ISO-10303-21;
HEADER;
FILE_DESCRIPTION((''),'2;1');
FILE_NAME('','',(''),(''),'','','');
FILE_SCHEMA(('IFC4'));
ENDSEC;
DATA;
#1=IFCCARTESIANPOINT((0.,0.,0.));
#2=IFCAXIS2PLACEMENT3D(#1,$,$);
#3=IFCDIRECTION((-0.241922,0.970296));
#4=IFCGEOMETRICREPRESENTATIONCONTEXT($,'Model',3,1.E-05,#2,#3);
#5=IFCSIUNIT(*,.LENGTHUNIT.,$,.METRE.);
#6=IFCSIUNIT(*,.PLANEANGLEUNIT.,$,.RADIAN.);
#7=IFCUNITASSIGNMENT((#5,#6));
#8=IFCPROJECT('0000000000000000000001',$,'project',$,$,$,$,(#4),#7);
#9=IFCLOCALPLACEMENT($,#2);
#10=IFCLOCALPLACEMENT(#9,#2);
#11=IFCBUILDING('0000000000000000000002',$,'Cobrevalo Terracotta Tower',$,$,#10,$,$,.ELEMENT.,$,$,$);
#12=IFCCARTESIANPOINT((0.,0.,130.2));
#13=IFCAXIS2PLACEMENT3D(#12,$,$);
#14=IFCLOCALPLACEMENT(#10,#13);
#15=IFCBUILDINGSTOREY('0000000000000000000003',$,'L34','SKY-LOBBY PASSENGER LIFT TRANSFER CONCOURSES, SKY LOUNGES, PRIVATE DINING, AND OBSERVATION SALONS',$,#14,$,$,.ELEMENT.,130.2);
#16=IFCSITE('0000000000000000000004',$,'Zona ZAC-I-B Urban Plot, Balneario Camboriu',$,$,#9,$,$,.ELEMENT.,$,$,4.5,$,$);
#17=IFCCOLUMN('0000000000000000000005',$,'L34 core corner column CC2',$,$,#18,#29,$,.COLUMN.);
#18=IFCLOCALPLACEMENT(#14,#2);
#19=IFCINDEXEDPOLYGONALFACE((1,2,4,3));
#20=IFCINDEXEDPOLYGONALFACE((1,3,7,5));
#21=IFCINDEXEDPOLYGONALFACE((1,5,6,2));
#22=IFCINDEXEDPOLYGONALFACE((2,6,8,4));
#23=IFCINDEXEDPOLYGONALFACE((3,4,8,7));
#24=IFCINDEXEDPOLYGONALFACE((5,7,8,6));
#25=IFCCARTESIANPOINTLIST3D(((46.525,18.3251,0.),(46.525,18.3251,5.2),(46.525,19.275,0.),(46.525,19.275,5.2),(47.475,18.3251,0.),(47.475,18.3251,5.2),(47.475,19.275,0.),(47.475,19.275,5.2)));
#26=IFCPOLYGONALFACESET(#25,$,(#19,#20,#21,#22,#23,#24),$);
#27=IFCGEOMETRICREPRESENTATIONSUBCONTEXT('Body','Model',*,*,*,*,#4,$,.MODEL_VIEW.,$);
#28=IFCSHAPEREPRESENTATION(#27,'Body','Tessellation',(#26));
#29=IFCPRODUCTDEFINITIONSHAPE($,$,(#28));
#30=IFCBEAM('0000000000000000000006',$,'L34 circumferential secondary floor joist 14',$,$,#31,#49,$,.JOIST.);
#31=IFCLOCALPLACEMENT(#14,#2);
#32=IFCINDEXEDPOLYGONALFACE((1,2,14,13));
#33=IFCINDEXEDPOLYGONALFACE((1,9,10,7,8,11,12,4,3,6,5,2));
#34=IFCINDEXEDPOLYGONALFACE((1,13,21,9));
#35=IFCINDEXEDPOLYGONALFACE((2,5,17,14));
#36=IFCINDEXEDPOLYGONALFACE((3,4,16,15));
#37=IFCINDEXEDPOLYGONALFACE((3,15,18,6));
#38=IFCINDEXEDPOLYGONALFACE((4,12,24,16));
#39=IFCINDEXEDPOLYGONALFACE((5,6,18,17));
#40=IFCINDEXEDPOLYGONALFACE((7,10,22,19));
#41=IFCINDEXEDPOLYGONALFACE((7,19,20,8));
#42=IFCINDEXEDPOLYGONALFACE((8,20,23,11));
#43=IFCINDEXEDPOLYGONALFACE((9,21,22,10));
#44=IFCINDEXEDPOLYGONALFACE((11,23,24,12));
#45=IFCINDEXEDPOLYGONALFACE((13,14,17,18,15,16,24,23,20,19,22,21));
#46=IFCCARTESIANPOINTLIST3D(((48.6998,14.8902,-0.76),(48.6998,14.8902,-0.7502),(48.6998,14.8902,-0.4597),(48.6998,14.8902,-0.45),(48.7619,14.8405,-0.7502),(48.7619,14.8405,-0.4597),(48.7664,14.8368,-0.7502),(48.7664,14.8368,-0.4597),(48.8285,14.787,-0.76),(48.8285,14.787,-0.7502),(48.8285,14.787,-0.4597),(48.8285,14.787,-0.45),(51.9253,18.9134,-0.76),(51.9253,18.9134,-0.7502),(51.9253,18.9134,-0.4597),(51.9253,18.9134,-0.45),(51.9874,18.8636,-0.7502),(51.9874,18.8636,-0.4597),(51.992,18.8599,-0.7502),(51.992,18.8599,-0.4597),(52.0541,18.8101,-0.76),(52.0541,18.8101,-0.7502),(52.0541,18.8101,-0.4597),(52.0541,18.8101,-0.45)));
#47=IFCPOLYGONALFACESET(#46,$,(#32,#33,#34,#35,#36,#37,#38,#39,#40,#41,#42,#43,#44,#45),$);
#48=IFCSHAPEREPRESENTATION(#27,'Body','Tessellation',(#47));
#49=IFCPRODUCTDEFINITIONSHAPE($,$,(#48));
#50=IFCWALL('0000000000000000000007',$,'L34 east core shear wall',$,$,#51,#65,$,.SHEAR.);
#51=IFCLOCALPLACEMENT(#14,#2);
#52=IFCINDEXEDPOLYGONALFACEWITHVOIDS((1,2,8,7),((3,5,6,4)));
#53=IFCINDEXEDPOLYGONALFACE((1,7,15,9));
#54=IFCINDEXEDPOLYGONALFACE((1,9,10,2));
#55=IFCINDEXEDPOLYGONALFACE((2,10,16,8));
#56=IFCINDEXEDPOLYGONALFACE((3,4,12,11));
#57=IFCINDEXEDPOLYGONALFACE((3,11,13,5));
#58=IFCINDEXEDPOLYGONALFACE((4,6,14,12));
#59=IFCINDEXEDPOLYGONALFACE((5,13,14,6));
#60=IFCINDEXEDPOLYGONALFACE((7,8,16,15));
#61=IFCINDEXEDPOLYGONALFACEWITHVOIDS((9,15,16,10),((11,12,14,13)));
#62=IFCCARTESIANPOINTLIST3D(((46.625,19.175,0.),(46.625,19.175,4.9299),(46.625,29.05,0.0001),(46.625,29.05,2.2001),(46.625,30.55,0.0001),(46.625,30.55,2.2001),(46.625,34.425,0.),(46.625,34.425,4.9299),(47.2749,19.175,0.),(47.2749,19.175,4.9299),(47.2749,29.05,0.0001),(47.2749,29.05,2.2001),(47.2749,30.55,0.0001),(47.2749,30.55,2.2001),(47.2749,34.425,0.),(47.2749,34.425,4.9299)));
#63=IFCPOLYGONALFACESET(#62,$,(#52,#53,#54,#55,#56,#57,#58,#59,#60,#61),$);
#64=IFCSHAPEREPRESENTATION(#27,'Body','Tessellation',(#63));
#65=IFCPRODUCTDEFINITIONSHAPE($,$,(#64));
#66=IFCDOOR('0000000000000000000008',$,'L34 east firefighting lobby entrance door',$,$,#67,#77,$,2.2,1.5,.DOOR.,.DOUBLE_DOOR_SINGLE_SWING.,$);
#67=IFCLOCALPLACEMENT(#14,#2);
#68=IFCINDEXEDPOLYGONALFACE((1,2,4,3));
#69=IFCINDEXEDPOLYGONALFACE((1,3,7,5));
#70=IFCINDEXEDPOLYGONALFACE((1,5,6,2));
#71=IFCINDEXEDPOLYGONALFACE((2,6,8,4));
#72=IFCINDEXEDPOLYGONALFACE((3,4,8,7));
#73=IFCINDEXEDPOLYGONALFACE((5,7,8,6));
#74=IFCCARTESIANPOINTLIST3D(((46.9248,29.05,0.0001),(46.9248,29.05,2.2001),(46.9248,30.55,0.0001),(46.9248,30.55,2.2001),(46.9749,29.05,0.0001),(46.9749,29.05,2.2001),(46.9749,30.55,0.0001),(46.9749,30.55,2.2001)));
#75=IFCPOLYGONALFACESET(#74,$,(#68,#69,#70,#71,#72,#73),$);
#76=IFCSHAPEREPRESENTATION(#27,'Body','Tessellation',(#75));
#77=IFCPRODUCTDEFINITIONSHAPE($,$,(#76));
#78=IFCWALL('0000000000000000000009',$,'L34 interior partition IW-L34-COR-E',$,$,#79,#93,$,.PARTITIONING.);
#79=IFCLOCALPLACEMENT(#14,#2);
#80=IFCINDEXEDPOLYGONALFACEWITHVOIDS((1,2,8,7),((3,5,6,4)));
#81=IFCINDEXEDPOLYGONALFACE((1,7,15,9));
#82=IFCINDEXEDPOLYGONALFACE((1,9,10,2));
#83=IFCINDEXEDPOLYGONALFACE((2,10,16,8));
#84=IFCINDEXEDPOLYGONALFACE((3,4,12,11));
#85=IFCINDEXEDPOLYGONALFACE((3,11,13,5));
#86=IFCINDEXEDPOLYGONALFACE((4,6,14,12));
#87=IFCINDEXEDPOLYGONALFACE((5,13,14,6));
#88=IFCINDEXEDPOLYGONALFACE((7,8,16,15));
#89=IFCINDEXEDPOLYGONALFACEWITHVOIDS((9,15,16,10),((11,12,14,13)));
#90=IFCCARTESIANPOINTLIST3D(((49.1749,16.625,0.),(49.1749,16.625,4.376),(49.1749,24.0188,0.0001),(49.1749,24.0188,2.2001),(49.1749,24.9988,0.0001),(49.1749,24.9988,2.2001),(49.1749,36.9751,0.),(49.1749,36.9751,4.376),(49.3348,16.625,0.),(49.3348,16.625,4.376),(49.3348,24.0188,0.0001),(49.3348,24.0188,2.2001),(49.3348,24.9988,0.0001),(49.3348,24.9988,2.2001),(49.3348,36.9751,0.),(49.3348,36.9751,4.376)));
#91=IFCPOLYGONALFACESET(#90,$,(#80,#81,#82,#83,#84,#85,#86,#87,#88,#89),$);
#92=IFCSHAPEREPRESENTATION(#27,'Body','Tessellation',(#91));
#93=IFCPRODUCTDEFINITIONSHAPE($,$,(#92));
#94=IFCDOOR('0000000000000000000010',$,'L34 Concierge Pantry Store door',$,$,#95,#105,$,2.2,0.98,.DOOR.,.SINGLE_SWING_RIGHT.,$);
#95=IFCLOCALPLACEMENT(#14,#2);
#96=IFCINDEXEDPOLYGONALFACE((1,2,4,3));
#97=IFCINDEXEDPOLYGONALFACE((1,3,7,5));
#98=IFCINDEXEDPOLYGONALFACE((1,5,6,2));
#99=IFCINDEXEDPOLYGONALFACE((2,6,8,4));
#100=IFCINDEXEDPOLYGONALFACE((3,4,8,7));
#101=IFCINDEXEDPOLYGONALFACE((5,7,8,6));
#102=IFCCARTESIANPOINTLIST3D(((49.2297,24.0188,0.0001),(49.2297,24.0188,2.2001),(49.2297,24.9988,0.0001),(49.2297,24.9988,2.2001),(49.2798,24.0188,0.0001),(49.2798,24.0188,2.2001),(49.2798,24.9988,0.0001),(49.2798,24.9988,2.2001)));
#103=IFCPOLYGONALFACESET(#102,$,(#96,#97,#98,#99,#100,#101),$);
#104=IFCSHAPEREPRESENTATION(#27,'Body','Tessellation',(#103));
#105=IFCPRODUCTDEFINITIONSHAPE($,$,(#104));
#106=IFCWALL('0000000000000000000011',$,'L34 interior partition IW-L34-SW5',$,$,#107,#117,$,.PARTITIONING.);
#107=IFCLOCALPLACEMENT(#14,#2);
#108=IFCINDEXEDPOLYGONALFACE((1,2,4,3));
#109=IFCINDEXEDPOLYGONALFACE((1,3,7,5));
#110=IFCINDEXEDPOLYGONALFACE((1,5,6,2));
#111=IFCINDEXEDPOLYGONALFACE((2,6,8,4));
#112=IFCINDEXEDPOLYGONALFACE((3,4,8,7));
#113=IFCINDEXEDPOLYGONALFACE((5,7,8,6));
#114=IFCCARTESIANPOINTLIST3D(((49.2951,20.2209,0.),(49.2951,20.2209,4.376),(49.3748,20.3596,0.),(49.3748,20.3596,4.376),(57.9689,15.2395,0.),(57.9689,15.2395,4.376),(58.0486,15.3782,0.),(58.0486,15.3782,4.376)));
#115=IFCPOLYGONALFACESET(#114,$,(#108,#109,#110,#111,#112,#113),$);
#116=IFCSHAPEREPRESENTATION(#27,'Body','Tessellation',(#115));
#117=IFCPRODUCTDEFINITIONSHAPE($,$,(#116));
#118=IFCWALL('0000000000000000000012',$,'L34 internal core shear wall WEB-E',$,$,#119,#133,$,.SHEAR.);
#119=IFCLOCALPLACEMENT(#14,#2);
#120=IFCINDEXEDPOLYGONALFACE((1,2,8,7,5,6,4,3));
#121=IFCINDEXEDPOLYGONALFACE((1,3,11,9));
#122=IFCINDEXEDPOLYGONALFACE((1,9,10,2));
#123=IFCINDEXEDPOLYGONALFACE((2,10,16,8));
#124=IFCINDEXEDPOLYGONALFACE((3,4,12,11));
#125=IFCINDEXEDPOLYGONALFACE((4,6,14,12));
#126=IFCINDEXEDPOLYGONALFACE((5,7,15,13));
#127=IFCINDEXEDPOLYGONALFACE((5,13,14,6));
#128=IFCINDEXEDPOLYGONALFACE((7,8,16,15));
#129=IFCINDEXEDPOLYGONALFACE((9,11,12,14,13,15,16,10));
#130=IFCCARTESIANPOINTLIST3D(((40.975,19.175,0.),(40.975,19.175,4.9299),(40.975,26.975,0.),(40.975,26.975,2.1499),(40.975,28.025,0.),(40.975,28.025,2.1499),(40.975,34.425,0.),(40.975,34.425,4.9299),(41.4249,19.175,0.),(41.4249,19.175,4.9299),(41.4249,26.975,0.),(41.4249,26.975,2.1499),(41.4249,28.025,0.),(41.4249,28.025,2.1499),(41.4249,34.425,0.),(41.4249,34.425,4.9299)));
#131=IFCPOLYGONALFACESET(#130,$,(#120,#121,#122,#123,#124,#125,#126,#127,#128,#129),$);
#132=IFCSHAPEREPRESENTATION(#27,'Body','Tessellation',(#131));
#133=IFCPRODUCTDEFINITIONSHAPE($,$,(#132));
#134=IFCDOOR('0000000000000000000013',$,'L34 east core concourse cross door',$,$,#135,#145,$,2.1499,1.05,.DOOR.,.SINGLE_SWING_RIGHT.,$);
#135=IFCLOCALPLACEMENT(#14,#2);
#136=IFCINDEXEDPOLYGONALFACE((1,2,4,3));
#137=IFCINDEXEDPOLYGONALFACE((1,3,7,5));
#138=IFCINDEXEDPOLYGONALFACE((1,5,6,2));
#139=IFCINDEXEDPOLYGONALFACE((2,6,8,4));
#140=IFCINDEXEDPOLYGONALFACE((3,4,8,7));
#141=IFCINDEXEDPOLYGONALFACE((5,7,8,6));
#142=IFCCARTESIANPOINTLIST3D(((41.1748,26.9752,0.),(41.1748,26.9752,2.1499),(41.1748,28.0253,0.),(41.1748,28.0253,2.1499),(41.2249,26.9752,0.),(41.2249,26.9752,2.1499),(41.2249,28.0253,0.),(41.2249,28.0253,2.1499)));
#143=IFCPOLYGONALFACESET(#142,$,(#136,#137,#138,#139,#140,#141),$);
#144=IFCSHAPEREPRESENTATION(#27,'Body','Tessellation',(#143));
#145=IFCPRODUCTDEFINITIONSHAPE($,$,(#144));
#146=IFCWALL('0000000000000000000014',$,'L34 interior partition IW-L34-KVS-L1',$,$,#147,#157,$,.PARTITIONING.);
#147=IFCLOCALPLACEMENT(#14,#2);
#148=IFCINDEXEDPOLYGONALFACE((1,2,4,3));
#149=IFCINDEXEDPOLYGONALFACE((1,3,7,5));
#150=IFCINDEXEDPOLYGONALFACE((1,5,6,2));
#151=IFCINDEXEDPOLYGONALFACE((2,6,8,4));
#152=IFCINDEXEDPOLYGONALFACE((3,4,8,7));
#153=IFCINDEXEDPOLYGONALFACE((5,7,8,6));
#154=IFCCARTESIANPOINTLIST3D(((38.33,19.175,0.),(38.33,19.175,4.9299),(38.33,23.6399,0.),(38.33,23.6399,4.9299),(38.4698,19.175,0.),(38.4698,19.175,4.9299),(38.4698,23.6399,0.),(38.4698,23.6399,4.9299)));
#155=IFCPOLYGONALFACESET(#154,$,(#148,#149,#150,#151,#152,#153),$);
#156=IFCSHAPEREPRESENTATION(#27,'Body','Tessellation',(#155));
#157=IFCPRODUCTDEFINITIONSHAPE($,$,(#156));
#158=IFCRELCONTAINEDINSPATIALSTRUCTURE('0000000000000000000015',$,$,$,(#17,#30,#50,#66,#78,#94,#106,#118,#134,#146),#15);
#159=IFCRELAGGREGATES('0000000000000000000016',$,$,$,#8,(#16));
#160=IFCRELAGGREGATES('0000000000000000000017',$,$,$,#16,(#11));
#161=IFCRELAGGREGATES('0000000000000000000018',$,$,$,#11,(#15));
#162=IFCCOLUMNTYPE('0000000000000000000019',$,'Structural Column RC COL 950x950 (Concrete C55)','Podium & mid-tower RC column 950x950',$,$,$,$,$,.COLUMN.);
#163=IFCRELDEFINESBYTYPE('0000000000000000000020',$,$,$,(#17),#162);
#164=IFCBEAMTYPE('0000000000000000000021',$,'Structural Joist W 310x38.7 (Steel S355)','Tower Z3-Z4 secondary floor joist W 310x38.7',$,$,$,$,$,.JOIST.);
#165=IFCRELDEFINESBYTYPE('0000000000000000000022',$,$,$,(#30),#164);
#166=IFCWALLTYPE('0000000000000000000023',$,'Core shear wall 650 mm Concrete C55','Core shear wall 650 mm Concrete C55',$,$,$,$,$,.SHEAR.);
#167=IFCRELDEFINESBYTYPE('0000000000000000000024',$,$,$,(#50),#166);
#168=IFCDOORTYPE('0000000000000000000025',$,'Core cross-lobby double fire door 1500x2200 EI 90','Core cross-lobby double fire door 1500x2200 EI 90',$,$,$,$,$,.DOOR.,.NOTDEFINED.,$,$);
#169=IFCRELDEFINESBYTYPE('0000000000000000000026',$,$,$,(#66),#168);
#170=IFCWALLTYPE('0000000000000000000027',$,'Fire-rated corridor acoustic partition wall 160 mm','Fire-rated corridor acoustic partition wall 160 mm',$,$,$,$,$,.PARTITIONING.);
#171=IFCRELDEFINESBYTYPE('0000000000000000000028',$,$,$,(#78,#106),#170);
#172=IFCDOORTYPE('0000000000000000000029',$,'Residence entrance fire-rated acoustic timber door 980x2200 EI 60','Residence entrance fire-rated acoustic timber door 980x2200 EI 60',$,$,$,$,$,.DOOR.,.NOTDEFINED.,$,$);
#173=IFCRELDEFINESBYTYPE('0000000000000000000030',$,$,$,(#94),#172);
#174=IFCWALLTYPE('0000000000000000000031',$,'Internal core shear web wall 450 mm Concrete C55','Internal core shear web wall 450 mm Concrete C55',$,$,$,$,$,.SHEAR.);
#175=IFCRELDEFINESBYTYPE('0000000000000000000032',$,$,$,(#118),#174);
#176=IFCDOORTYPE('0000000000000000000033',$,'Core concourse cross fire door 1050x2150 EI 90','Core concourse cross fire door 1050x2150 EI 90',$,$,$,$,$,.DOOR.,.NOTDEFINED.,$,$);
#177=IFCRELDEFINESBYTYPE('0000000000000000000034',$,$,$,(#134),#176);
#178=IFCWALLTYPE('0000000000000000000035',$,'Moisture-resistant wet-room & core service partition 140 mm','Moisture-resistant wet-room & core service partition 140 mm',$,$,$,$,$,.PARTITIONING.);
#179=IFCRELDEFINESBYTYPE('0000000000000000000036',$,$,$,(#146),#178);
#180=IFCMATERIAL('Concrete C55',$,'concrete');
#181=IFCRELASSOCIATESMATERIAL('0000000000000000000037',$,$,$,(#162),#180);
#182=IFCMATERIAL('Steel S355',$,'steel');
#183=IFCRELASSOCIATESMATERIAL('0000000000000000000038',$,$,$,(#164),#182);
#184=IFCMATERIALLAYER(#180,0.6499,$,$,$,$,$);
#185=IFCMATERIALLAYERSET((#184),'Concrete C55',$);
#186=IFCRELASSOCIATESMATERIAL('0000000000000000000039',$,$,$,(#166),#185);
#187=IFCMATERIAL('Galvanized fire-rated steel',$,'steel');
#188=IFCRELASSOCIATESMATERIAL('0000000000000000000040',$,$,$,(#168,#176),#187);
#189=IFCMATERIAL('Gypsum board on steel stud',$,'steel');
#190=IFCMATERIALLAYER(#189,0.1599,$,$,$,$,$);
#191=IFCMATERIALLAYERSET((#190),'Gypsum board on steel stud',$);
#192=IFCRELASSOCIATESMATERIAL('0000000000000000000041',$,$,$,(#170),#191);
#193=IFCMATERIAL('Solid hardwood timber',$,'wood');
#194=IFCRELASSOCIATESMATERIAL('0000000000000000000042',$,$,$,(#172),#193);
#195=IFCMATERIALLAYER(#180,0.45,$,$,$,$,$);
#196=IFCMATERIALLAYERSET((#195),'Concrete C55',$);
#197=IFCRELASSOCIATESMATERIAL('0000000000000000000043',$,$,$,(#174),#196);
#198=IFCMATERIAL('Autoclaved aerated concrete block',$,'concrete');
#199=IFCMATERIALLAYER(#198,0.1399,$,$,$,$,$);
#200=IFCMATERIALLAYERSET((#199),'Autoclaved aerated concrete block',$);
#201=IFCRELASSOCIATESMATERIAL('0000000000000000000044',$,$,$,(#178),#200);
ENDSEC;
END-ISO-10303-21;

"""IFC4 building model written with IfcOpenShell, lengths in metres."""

from ifc_helpers import new_model, si_unit, direction, frame, frame_2d, origin, origin_2d, place, context, subcontext, project, spatial, rectangle, i_section, extrude, source, transform, mapped, material, layer, layer_set, material_profile, profile_set, type_object, element, fill, save


model = new_model("IFC4")

# Units and contexts
model_context = context("Model", 3, precision=1e-05, world=origin(), true_north=direction((-0.241922, 0.970296)))
body_context = subcontext(model_context, "Body", "Model", "MODEL_VIEW")
ifc_project = project(units=[si_unit("LENGTHUNIT", "METRE"), si_unit("PLANEANGLEUNIT", "RADIAN")], contexts=[model_context])

# Site, building, storey
site_placement = place(None, origin())
site = spatial("IfcSite", under=ifc_project, at=site_placement, Name="Zona ZAC-I-B Urban Plot, Balneario Camboriu", CompositionType="ELEMENT", RefElevation=4.5)
building_placement = place(site_placement, origin())
building = spatial("IfcBuilding", under=site, at=building_placement, Name="Cobrevalo Terracotta Tower", CompositionType="ELEMENT")
storey_placement = place(building_placement, frame((0.0, 0.0, 130.2)))
storey = spatial("IfcBuildingStorey", under=building, at=storey_placement, Name="L34", Description="SKY-LOBBY PASSENGER LIFT TRANSFER CONCOURSES, SKY LOUNGES, PRIVATE DINING, AND OBSERVATION SALONS", CompositionType="ELEMENT", Elevation=130.2)

# Column
ifc_material_1 = material(Name="Concrete C55", Category="concrete")
ifc_material_profile_1 = material_profile(ifc_material_1, rectangle(XDim=0.95, YDim=0.95, at=origin_2d()), Name="RC COL 950x950")
ifc_profile_set_1 = profile_set([ifc_material_profile_1], Name="Concrete C55")
column_type = type_object("IfcColumnType", Name="Structural Column RC COL 950x950 (Concrete C55)", Description="Podium & mid-tower RC column 950x950", PredefinedType="COLUMN", material=ifc_profile_set_1)
column_placement = place(storey_placement, frame((47.0, 18.8, 0.0), z_axis=(0.0, 0.0, 1.0), x_axis=(1.0, 0.0, 0.0)))
element("IfcColumn", 1, at=column_placement, inside=storey, type_object=column_type, Name="L34 core corner column CC2", PredefinedType="COLUMN", context=body_context, shape_type="SweptSolid", body=[
    extrude(rectangle(XDim=0.95, YDim=0.95, at=origin_2d()), origin(), (0.0, 0.0, 1.0), 5.2),
])

# Beam
ifc_material_2 = material(Name="Steel S355", Category="steel")
ifc_material_profile_2 = material_profile(ifc_material_2, i_section(OverallWidth=0.165, OverallDepth=0.3101, WebThickness=0.0059, FlangeThickness=0.0098, at=origin_2d()), Name="W 310x38.7")
ifc_profile_set_2 = profile_set([ifc_material_profile_2], Name="Steel S355")
beam_type = type_object("IfcBeamType", Name="Structural Joist W 310x38.7 (Steel S355)", Description="Tower Z3-Z4 secondary floor joist W 310x38.7", PredefinedType="JOIST", material=ifc_profile_set_2)
beam_placement = place(storey_placement, frame((48.7642, 14.8386, -0.605), z_axis=(0.625526, 0.780203, 0.0), x_axis=(-0.780203, 0.625526, 0.0)))
element("IfcBeam", 2, at=beam_placement, inside=storey, type_object=beam_type, Name="L34 circumferential secondary floor joist 14", PredefinedType="JOIST", context=body_context, shape_type="SweptSolid", body=[
    extrude(i_section(OverallWidth=0.165, OverallDepth=0.3101, WebThickness=0.0059, FlangeThickness=0.0098, at=origin_2d()), origin(), (0.0, 0.0, 1.0), 5.1565),
])

# Walls, openings, doors
ifc_layer_1 = layer(ifc_material_1, 0.6499)
ifc_layer_set_1 = layer_set([ifc_layer_1], Name="Concrete C55")
wall_type_1 = type_object("IfcWallType", Name="Core shear wall 650 mm Concrete C55", Description="Core shear wall 650 mm Concrete C55", PredefinedType="SHEAR", material=ifc_layer_set_1)
wall_1_placement = place(storey_placement, frame((46.95, 19.175, 0.0), z_axis=(0.0, 0.0, 1.0), x_axis=(0.0, 1.0, 0.0)))
wall_1 = element("IfcWall", 3, at=wall_1_placement, inside=storey, type_object=wall_type_1, Name="L34 east core shear wall", PredefinedType="SHEAR", context=body_context, shape_type="SweptSolid", body=[
    extrude(rectangle(XDim=15.25, YDim=0.6499, at=frame_2d((7.625, 0.0))), origin(), (0.0, 0.0, 1.0), 4.9299),
])
opening_1_placement = place(wall_1_placement, frame((9.875, 0.0, 0.0)))
opening_1 = element("IfcOpeningElement", 4, at=opening_1_placement, cuts=wall_1, PredefinedType="OPENING", context=body_context, shape_type="SweptSolid", body=[
    extrude(rectangle(XDim=1.5, YDim=2.2, at=frame_2d((0.75, 1.1001))), frame((0.0, 0.335, 0.0), z_axis=(0.0, -1.0, 0.0), x_axis=(1.0, 0.0, 0.0)), (0.0, 0.0, 1.0), 0.6699),
])
ifc_material_3 = material(Name="Galvanized fire-rated steel", Category="steel")
door_type_1 = type_object("IfcDoorType", Name="Core cross-lobby double fire door 1500x2200 EI 90", Description="Core cross-lobby double fire door 1500x2200 EI 90", OperationType="NOTDEFINED", PredefinedType="DOOR", material=ifc_material_3)
shared_shape_1 = source(origin(), body_context, "Body", "SweptSolid", [
    extrude(rectangle(XDim=1.5, YDim=2.2, at=frame_2d((0.75, 1.1001))), frame((0.0, 0.0249, 0.0), z_axis=(0.0, -1.0, 0.0), x_axis=(1.0, 0.0, 0.0)), (0.0, 0.0, 1.0), 0.05),
])
door_1_placement = place(opening_1_placement, frame((1.5, 0.0, 0.0), z_axis=(0.0, 0.0, 1.0), x_axis=(-1.0, 0.0, 0.0)))
door_1 = element("IfcDoor", 5, at=door_1_placement, inside=storey, type_object=door_type_1, Name="L34 east firefighting lobby entrance door", OperationType="DOUBLE_DOOR_SINGLE_SWING", OverallHeight=2.2, OverallWidth=1.5, PredefinedType="DOOR", context=body_context, shape_type="MappedRepresentation", body=[
    mapped(shared_shape_1, transform((0.0, 0.0, 0.0), scale=1.0)),
])
fill(opening_1, door_1)
ifc_material_4 = material(Name="Gypsum board on steel stud", Category="steel")
ifc_layer_2 = layer(ifc_material_4, 0.1599)
ifc_layer_set_2 = layer_set([ifc_layer_2], Name="Gypsum board on steel stud")
wall_type_2 = type_object("IfcWallType", Name="Fire-rated corridor acoustic partition wall 160 mm", Description="Fire-rated corridor acoustic partition wall 160 mm", PredefinedType="PARTITIONING", material=ifc_layer_set_2)
wall_2_placement = place(storey_placement, frame((49.2549, 16.625, 0.0), z_axis=(0.0, 0.0, 1.0), x_axis=(0.0, 1.0, 0.0)))
wall_2 = element("IfcWall", 6, at=wall_2_placement, inside=storey, type_object=wall_type_2, Name="L34 interior partition IW-L34-COR-E", PredefinedType="PARTITIONING", context=body_context, shape_type="SweptSolid", body=[
    extrude(rectangle(XDim=20.3501, YDim=0.1599, at=frame_2d((10.175, 0.0))), origin(), (0.0, 0.0, 1.0), 4.376),
])
opening_2_placement = place(wall_2_placement, frame((7.3938, 0.0, 0.0)))
opening_2 = element("IfcOpeningElement", 7, at=opening_2_placement, cuts=wall_2, PredefinedType="OPENING", context=body_context, shape_type="SweptSolid", body=[
    extrude(rectangle(XDim=0.98, YDim=2.2, at=frame_2d((0.49, 1.1001))), frame((0.0, 0.0898, 0.0), z_axis=(0.0, -1.0, 0.0), x_axis=(1.0, 0.0, 0.0)), (0.0, 0.0, 1.0), 0.1799),
])
ifc_material_5 = material(Name="Solid hardwood timber", Category="wood")
door_type_2 = type_object("IfcDoorType", Name="Residence entrance fire-rated acoustic timber door 980x2200 EI 60", Description="Residence entrance fire-rated acoustic timber door 980x2200 EI 60", OperationType="NOTDEFINED", PredefinedType="DOOR", material=ifc_material_5)
shared_shape_2 = source(origin(), body_context, "Body", "SweptSolid", [
    extrude(rectangle(XDim=0.98, YDim=2.2, at=frame_2d((0.49, 1.1001))), frame((0.0, 0.0249, 0.0), z_axis=(0.0, -1.0, 0.0), x_axis=(1.0, 0.0, 0.0)), (0.0, 0.0, 1.0), 0.05),
])
door_2_placement = place(opening_2_placement, frame((0.98, 0.0, 0.0), z_axis=(0.0, 0.0, 1.0), x_axis=(-1.0, 0.0, 0.0)))
door_2 = element("IfcDoor", 8, at=door_2_placement, inside=storey, type_object=door_type_2, Name="L34 Concierge Pantry Store door", OperationType="SINGLE_SWING_RIGHT", OverallHeight=2.2, OverallWidth=0.98, PredefinedType="DOOR", context=body_context, shape_type="MappedRepresentation", body=[
    mapped(shared_shape_2, transform((0.0, 0.0, 0.0), scale=1.0)),
])
fill(opening_2, door_2)

# Wall
wall_3_placement = place(storey_placement, frame((49.335, 20.2903, 0.0), z_axis=(0.0, 0.0, 1.0), x_axis=(0.867166, -0.49802, 0.0)))
element("IfcWall", 9, at=wall_3_placement, inside=storey, type_object=wall_type_2, Name="L34 interior partition IW-L34-SW5", PredefinedType="PARTITIONING", context=body_context, shape_type="SweptSolid", body=[
    extrude(rectangle(XDim=10.0024, YDim=0.1599, at=frame_2d((5.0012, 0.0))), origin(), (0.0, 0.0, 1.0), 4.376),
])

# Wall, opening, door
ifc_layer_3 = layer(ifc_material_1, 0.45)
ifc_layer_set_3 = layer_set([ifc_layer_3], Name="Concrete C55")
wall_type_3 = type_object("IfcWallType", Name="Internal core shear web wall 450 mm Concrete C55", Description="Internal core shear web wall 450 mm Concrete C55", PredefinedType="SHEAR", material=ifc_layer_set_3)
wall_4_placement = place(storey_placement, frame((41.2, 19.175, 0.0), z_axis=(0.0, 0.0, 1.0), x_axis=(0.0, 1.0, 0.0)))
wall_4 = element("IfcWall", 10, at=wall_4_placement, inside=storey, type_object=wall_type_3, Name="L34 internal core shear wall WEB-E", PredefinedType="SHEAR", context=body_context, shape_type="SweptSolid", body=[
    extrude(rectangle(XDim=15.25, YDim=0.45, at=frame_2d((7.625, 0.0))), origin(), (0.0, 0.0, 1.0), 4.9299),
])
opening_3_placement = place(wall_4_placement, frame((7.8, 0.0, 0.0)))
opening_3 = element("IfcOpeningElement", 11, at=opening_3_placement, cuts=wall_4, PredefinedType="OPENING", context=body_context, shape_type="SweptSolid", body=[
    extrude(rectangle(XDim=1.05, YDim=2.1499, at=frame_2d((0.5249, 1.075))), frame((0.0, 0.2349, 0.0), z_axis=(0.0, -1.0, 0.0), x_axis=(1.0, 0.0, 0.0)), (0.0, 0.0, 1.0), 0.47),
])
door_type_3 = type_object("IfcDoorType", Name="Core concourse cross fire door 1050x2150 EI 90", Description="Core concourse cross fire door 1050x2150 EI 90", OperationType="NOTDEFINED", PredefinedType="DOOR", material=ifc_material_3)
shared_shape_3 = source(origin(), body_context, "Body", "SweptSolid", [
    extrude(rectangle(XDim=1.05, YDim=2.1499, at=frame_2d((0.5249, 1.075))), frame((0.0, 0.0249, 0.0), z_axis=(0.0, -1.0, 0.0), x_axis=(1.0, 0.0, 0.0)), (0.0, 0.0, 1.0), 0.05),
])
door_3_placement = place(opening_3_placement, frame((1.05, 0.0, 0.0), z_axis=(0.0, 0.0, 1.0), x_axis=(-1.0, 0.0, 0.0)))
door_3 = element("IfcDoor", 12, at=door_3_placement, inside=storey, type_object=door_type_3, Name="L34 east core concourse cross door", OperationType="SINGLE_SWING_RIGHT", OverallHeight=2.1499, OverallWidth=1.05, PredefinedType="DOOR", context=body_context, shape_type="MappedRepresentation", body=[
    mapped(shared_shape_3, transform((0.0, 0.0, 0.0), scale=1.0)),
])
fill(opening_3, door_3)

# Wall
ifc_material_6 = material(Name="Autoclaved aerated concrete block", Category="concrete")
ifc_layer_4 = layer(ifc_material_6, 0.1399)
ifc_layer_set_4 = layer_set([ifc_layer_4], Name="Autoclaved aerated concrete block")
wall_type_4 = type_object("IfcWallType", Name="Moisture-resistant wet-room & core service partition 140 mm", Description="Moisture-resistant wet-room & core service partition 140 mm", PredefinedType="PARTITIONING", material=ifc_layer_set_4)
wall_5_placement = place(storey_placement, frame((38.3999, 19.175, 0.0), z_axis=(0.0, 0.0, 1.0), x_axis=(0.0, 1.0, 0.0)))
element("IfcWall", 13, at=wall_5_placement, inside=storey, type_object=wall_type_4, Name="L34 interior partition IW-L34-KVS-L1", PredefinedType="PARTITIONING", context=body_context, shape_type="SweptSolid", body=[
    extrude(rectangle(XDim=4.4648, YDim=0.1399, at=frame_2d((2.2324, 0.0))), origin(), (0.0, 0.0, 1.0), 4.9299),
])

save(model, "model.ifc")
